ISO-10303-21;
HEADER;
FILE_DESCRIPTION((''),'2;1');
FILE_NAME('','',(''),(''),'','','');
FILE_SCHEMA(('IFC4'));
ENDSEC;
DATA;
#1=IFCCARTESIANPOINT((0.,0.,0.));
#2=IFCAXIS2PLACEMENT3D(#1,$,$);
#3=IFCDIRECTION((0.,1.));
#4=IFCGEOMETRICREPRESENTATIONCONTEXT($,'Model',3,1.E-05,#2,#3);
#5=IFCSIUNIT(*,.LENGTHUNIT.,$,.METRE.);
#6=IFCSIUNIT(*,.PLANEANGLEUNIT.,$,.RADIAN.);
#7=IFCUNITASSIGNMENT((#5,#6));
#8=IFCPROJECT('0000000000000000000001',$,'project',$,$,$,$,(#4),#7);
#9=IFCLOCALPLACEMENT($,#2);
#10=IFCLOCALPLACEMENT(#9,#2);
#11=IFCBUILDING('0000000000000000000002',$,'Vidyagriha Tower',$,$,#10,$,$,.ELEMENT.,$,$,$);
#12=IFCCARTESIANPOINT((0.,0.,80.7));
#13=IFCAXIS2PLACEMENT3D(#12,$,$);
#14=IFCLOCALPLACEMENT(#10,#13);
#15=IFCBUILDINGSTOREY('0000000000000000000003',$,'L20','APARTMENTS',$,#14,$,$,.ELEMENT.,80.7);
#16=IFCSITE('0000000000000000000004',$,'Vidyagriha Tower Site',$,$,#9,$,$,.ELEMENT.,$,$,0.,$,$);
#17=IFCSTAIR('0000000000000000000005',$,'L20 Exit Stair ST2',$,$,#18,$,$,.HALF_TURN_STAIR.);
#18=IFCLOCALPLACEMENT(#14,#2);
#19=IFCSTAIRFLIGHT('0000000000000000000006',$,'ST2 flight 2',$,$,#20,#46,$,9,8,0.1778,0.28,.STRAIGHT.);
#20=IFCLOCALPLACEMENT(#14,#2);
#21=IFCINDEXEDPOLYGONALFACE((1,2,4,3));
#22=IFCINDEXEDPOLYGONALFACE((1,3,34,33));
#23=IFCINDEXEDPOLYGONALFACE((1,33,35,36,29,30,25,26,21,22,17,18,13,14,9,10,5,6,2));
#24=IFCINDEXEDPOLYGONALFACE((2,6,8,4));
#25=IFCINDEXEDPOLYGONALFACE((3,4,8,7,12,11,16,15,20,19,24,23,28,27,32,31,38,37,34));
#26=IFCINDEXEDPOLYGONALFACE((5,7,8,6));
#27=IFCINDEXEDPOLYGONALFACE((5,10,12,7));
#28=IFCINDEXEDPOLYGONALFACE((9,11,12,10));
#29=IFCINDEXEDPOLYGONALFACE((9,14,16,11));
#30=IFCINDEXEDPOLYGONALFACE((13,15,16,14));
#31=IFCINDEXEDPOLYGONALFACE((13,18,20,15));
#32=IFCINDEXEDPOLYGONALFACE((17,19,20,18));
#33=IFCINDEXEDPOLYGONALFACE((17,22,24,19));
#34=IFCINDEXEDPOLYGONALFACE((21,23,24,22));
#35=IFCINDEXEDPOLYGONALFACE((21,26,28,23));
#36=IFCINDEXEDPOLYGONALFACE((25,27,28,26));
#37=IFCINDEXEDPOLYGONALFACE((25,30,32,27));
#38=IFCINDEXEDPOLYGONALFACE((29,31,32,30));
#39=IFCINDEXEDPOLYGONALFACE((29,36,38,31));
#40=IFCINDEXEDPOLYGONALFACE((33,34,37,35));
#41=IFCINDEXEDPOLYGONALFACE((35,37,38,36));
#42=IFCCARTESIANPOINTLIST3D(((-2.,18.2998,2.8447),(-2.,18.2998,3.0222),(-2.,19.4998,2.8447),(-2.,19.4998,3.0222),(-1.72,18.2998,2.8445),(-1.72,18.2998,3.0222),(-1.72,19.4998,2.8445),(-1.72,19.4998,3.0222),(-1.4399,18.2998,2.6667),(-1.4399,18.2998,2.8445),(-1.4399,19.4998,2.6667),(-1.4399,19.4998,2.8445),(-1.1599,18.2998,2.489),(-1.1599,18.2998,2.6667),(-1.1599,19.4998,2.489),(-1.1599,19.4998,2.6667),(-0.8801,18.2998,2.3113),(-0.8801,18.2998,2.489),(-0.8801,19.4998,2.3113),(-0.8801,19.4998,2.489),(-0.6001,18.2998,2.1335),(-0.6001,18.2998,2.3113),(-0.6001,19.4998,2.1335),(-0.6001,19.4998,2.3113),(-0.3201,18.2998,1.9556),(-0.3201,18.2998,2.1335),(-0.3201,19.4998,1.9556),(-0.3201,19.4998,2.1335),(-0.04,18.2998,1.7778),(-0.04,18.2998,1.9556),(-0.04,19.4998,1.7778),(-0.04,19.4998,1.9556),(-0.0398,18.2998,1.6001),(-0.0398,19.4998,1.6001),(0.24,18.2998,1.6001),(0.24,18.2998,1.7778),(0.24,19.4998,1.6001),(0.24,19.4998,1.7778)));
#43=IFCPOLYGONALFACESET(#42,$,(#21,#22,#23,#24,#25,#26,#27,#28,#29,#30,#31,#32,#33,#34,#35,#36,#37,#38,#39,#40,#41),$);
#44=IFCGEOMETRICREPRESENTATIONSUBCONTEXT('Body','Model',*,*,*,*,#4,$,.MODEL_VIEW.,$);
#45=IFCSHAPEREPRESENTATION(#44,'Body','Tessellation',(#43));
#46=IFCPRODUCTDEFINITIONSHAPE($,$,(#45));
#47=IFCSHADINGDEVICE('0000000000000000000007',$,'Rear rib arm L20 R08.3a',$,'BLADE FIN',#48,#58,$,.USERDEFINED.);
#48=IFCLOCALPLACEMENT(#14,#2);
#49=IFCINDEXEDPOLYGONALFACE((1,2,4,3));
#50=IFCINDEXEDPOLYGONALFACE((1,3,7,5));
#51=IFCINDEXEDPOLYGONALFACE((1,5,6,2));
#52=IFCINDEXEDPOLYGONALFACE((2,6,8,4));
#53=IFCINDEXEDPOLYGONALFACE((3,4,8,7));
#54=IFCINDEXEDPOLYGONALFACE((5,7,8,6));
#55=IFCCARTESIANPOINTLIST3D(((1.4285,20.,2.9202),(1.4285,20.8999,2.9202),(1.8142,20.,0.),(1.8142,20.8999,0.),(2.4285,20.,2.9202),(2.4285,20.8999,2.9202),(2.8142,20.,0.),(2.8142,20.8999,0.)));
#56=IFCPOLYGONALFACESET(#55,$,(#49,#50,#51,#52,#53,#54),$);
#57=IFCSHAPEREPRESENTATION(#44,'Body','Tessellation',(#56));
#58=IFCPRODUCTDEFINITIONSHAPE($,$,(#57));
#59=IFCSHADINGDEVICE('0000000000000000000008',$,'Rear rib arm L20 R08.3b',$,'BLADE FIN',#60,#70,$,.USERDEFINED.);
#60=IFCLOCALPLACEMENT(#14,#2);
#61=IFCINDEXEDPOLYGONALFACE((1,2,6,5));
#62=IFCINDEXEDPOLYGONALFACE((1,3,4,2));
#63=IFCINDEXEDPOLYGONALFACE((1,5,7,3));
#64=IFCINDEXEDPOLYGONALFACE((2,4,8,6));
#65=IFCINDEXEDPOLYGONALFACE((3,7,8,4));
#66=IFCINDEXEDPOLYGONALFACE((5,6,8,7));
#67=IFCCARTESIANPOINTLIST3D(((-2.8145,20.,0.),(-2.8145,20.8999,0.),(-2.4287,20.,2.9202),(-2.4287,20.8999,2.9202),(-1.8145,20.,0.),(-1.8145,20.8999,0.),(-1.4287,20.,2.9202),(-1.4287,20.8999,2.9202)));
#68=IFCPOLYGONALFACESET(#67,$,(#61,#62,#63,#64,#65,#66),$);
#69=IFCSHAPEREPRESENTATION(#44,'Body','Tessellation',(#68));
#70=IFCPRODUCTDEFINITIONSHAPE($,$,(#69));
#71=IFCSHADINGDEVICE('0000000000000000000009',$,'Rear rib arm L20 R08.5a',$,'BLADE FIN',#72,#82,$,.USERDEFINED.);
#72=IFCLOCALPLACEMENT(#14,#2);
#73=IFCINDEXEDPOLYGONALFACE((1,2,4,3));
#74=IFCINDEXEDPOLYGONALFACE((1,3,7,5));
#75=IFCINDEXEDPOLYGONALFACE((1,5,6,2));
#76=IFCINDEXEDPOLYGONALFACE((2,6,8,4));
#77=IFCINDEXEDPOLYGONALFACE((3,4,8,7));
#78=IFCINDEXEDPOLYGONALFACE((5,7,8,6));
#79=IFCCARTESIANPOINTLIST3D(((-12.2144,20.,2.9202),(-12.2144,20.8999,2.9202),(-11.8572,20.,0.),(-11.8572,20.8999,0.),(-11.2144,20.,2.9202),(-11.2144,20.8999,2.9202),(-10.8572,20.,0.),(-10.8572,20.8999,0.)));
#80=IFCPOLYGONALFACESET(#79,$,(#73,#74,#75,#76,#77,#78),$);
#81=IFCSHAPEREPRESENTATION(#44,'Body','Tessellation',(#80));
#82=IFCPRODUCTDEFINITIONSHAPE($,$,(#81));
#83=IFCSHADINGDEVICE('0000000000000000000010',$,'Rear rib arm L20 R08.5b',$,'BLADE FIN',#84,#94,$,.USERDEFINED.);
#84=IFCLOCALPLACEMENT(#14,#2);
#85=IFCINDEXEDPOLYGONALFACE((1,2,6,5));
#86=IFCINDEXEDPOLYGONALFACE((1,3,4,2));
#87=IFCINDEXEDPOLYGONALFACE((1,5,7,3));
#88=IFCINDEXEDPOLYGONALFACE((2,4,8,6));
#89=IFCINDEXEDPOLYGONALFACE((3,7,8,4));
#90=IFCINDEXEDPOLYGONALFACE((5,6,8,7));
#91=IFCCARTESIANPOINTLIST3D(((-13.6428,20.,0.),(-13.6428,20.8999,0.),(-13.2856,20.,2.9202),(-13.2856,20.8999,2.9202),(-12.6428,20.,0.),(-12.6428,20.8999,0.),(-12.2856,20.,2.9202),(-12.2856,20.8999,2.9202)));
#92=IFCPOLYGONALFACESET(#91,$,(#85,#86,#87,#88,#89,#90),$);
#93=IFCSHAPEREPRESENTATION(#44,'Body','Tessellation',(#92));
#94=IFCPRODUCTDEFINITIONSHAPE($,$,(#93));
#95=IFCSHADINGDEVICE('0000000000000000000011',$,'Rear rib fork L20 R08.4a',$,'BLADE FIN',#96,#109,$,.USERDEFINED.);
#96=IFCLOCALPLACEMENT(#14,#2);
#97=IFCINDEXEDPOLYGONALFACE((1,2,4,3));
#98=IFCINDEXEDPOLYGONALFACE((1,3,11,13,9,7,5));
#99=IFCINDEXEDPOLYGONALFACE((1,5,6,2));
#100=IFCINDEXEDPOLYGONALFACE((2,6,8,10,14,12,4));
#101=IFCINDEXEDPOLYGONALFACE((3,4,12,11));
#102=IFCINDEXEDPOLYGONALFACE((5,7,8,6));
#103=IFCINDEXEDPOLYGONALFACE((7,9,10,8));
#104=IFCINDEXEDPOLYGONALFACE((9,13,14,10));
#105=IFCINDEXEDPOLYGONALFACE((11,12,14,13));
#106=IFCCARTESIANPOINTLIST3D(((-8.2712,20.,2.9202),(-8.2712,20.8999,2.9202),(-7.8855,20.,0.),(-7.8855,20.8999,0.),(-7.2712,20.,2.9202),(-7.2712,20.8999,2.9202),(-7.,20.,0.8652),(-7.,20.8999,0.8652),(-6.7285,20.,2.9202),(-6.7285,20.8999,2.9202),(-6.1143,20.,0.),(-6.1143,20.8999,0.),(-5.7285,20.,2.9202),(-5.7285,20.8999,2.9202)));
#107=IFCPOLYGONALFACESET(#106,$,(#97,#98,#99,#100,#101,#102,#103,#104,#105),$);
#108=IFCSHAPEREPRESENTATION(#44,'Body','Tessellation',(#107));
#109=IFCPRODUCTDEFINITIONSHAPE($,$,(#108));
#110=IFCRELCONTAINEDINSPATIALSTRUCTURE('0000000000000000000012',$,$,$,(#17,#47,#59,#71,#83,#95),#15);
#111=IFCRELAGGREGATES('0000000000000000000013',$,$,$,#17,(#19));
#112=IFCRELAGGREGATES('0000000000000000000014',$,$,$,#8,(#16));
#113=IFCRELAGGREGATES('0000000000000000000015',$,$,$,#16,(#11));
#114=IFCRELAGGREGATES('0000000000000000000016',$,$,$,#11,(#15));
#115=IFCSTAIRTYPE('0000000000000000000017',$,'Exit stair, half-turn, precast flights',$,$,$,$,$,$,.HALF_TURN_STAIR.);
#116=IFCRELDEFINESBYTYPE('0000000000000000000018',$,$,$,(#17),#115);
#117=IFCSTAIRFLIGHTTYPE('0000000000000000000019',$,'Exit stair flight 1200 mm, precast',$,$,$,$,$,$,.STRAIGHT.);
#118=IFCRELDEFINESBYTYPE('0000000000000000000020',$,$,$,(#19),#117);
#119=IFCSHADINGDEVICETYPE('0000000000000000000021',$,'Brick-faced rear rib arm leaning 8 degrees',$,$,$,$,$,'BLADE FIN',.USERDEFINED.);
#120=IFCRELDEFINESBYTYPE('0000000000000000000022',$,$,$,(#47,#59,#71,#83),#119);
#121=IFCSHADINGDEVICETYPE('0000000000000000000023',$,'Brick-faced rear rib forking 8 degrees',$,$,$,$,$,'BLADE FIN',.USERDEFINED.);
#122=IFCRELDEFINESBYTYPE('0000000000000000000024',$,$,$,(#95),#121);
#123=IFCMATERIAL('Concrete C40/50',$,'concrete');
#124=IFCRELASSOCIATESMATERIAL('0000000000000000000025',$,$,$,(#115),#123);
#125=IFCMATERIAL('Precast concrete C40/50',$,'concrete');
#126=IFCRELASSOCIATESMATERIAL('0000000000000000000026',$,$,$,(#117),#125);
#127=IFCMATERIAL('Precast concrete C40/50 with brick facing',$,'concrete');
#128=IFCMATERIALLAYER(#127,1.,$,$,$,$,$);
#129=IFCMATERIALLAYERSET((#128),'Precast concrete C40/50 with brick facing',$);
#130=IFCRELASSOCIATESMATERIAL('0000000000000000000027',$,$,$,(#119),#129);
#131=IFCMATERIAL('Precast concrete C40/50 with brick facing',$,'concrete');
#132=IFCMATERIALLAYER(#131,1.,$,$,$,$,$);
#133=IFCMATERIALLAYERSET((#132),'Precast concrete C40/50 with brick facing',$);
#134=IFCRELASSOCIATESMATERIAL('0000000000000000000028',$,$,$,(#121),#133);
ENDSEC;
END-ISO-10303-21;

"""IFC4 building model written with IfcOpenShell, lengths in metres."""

from ifc_helpers import new_model, si_unit, direction, frame, origin, place, context, subcontext, project, spatial, polyline, outline, extrude, material, layer, layer_set, type_object, element, aggregate, save


model = new_model("IFC4")

# Units and contexts
model_context = context("Model", 3, precision=1e-05, world=origin(), true_north=direction((0.0, 1.0)))
body_context = subcontext(model_context, "Body", "Model", "MODEL_VIEW")
ifc_project = project(units=[si_unit("LENGTHUNIT", "METRE"), si_unit("PLANEANGLEUNIT", "RADIAN")], contexts=[model_context])

# Site, building, storey
site_placement = place(None, origin())
site = spatial("IfcSite", under=ifc_project, at=site_placement, Name="Vidyagriha Tower Site", CompositionType="ELEMENT", RefElevation=0.0)
building_placement = place(site_placement, origin())
building = spatial("IfcBuilding", under=site, at=building_placement, Name="Vidyagriha Tower", CompositionType="ELEMENT")
storey_placement = place(building_placement, frame((0.0, 0.0, 80.7)))
storey = spatial("IfcBuildingStorey", under=building, at=storey_placement, Name="L20", Description="APARTMENTS", CompositionType="ELEMENT", Elevation=80.7)

# Stair, stair flight
ifc_material_1 = material(Name="Concrete C40/50", Category="concrete")
stair_type = type_object("IfcStairType", Name="Exit stair, half-turn, precast flights", PredefinedType="HALF_TURN_STAIR", material=ifc_material_1)
ifc_material_2 = material(Name="Precast concrete C40/50", Category="concrete")
stair_flight_type = type_object("IfcStairFlightType", Name="Exit stair flight 1200 mm, precast", PredefinedType="STRAIGHT", material=ifc_material_2)
stair_1_placement = place(storey_placement, origin())
stair_1 = element("IfcStair", 1, at=stair_1_placement, inside=storey, type_object=stair_type, Name="L20 Exit Stair ST2", PredefinedType="HALF_TURN_STAIR")
stair_flight_1_placement = place(storey_placement, frame((0.24, 18.8999, 1.6001), z_axis=(0.0, 0.0, 1.0), x_axis=(-1.0, 0.0, 0.0)))
stair_flight_1 = element("IfcStairFlight", 2, at=stair_flight_1_placement, type_object=stair_flight_type, Name="ST2 flight 2", NumberOfRisers=9, NumberOfTreads=8, PredefinedType="STRAIGHT", RiserHeight=0.1778, TreadLength=0.28, context=body_context, shape_type="SweptSolid", body=[
    extrude(outline(polyline([(0.0, 0.0), (0.0, 0.1777), (0.28, 0.1777), (0.28, 0.3555), (0.5601, 0.3555), (0.5601, 0.5334), (0.8401, 0.5334), (0.8401, 0.7112), (1.1201, 0.7112), (1.1201, 0.8889), (1.3999, 0.8889), (1.3999, 1.0667), (1.6799, 1.0667), (1.6799, 1.2444), (1.96, 1.2444), (1.96, 1.4221), (2.24, 1.4221), (2.24, 1.6001), (2.24, 1.2446), (0.2798, 0.0), (0.0, 0.0)])), frame((0.0, 0.6001, 0.0), z_axis=(0.0, -1.0, 0.0), x_axis=(1.0, 0.0, 0.0)), (0.0, 0.0, 1.0), 1.2),
])
aggregate(stair_1, [stair_flight_1])

# Shading devices
ifc_material_3 = material(Name="Precast concrete C40/50 with brick facing", Category="concrete")
ifc_layer_1 = layer(ifc_material_3, 1.0)
ifc_layer_set_1 = layer_set([ifc_layer_1], Name="Precast concrete C40/50 with brick facing")
shading_device_type_1 = type_object("IfcShadingDeviceType", Name="Brick-faced rear rib arm leaning 8 degrees", ElementType="BLADE FIN", PredefinedType="USERDEFINED", material=ifc_layer_set_1)
shading_device_1_placement = place(storey_placement, frame((2.8142, 20.45, 0.0), z_axis=(0.0, 0.0, 1.0), x_axis=(-1.0, 0.0, 0.0)))
element("IfcShadingDevice", 3, at=shading_device_1_placement, inside=storey, type_object=shading_device_type_1, Name="Rear rib arm L20 R08.3a", ObjectType="BLADE FIN", PredefinedType="USERDEFINED", context=body_context, shape_type="SweptSolid", body=[
    extrude(outline(polyline([(0.0, 0.0), (1.0, 0.0), (1.3857, 2.9202), (0.3857, 2.9202), (0.0, 0.0)])), frame((0.0, 0.45, 0.0), z_axis=(0.0, -1.0, 0.0), x_axis=(1.0, 0.0, 0.0)), (0.0, 0.0, 1.0), 0.8999),
])
shading_device_2_placement = place(storey_placement, frame((-1.4287, 20.45, 0.0), z_axis=(0.0, 0.0, 1.0), x_axis=(-1.0, 0.0, 0.0)))
element("IfcShadingDevice", 4, at=shading_device_2_placement, inside=storey, type_object=shading_device_type_1, Name="Rear rib arm L20 R08.3b", ObjectType="BLADE FIN", PredefinedType="USERDEFINED", context=body_context, shape_type="SweptSolid", body=[
    extrude(outline(polyline([(0.3857, 0.0), (1.3857, 0.0), (1.0, 2.9202), (0.0, 2.9202), (0.3857, 0.0)])), frame((0.0, 0.45, 0.0), z_axis=(0.0, -1.0, 0.0), x_axis=(1.0, 0.0, 0.0)), (0.0, 0.0, 1.0), 0.8999),
])
shading_device_3_placement = place(storey_placement, frame((-10.8572, 20.45, 0.0), z_axis=(0.0, 0.0, 1.0), x_axis=(-1.0, 0.0, 0.0)))
element("IfcShadingDevice", 5, at=shading_device_3_placement, inside=storey, type_object=shading_device_type_1, Name="Rear rib arm L20 R08.5a", ObjectType="BLADE FIN", PredefinedType="USERDEFINED", context=body_context, shape_type="SweptSolid", body=[
    extrude(outline(polyline([(0.0, 0.0), (1.0, 0.0), (1.3572, 2.9202), (0.3572, 2.9202), (0.0, 0.0)])), frame((0.0, 0.45, 0.0), z_axis=(0.0, -1.0, 0.0), x_axis=(1.0, 0.0, 0.0)), (0.0, 0.0, 1.0), 0.8999),
])
shading_device_4_placement = place(storey_placement, frame((-12.2856, 20.45, 0.0), z_axis=(0.0, 0.0, 1.0), x_axis=(-1.0, 0.0, 0.0)))
element("IfcShadingDevice", 6, at=shading_device_4_placement, inside=storey, type_object=shading_device_type_1, Name="Rear rib arm L20 R08.5b", ObjectType="BLADE FIN", PredefinedType="USERDEFINED", context=body_context, shape_type="SweptSolid", body=[
    extrude(outline(polyline([(0.3572, 0.0), (1.3572, 0.0), (1.0, 2.9202), (0.0, 2.9202), (0.3572, 0.0)])), frame((0.0, 0.45, 0.0), z_axis=(0.0, -1.0, 0.0), x_axis=(1.0, 0.0, 0.0)), (0.0, 0.0, 1.0), 0.8999),
])
ifc_material_4 = material(Name="Precast concrete C40/50 with brick facing", Category="concrete")
ifc_layer_2 = layer(ifc_material_4, 1.0)
ifc_layer_set_2 = layer_set([ifc_layer_2], Name="Precast concrete C40/50 with brick facing")
shading_device_type_2 = type_object("IfcShadingDeviceType", Name="Brick-faced rear rib forking 8 degrees", ElementType="BLADE FIN", PredefinedType="USERDEFINED", material=ifc_layer_set_2)
shading_device_5_placement = place(storey_placement, frame((-5.7285, 20.45, 0.0), z_axis=(0.0, 0.0, 1.0), x_axis=(-1.0, 0.0, 0.0)))
element("IfcShadingDevice", 7, at=shading_device_5_placement, inside=storey, type_object=shading_device_type_2, Name="Rear rib fork L20 R08.4a", ObjectType="BLADE FIN", PredefinedType="USERDEFINED", context=body_context, shape_type="SweptSolid", body=[
    extrude(outline(polyline([(0.3857, 0.0), (2.157, 0.0), (2.5427, 2.9202), (1.5427, 2.9202), (1.2715, 0.8652), (1.0, 2.9202), (0.0, 2.9202), (0.3857, 0.0)])), frame((0.0, 0.45, 0.0), z_axis=(0.0, -1.0, 0.0), x_axis=(1.0, 0.0, 0.0)), (0.0, 0.0, 1.0), 0.8999),
])

save(model, "model.ifc")
